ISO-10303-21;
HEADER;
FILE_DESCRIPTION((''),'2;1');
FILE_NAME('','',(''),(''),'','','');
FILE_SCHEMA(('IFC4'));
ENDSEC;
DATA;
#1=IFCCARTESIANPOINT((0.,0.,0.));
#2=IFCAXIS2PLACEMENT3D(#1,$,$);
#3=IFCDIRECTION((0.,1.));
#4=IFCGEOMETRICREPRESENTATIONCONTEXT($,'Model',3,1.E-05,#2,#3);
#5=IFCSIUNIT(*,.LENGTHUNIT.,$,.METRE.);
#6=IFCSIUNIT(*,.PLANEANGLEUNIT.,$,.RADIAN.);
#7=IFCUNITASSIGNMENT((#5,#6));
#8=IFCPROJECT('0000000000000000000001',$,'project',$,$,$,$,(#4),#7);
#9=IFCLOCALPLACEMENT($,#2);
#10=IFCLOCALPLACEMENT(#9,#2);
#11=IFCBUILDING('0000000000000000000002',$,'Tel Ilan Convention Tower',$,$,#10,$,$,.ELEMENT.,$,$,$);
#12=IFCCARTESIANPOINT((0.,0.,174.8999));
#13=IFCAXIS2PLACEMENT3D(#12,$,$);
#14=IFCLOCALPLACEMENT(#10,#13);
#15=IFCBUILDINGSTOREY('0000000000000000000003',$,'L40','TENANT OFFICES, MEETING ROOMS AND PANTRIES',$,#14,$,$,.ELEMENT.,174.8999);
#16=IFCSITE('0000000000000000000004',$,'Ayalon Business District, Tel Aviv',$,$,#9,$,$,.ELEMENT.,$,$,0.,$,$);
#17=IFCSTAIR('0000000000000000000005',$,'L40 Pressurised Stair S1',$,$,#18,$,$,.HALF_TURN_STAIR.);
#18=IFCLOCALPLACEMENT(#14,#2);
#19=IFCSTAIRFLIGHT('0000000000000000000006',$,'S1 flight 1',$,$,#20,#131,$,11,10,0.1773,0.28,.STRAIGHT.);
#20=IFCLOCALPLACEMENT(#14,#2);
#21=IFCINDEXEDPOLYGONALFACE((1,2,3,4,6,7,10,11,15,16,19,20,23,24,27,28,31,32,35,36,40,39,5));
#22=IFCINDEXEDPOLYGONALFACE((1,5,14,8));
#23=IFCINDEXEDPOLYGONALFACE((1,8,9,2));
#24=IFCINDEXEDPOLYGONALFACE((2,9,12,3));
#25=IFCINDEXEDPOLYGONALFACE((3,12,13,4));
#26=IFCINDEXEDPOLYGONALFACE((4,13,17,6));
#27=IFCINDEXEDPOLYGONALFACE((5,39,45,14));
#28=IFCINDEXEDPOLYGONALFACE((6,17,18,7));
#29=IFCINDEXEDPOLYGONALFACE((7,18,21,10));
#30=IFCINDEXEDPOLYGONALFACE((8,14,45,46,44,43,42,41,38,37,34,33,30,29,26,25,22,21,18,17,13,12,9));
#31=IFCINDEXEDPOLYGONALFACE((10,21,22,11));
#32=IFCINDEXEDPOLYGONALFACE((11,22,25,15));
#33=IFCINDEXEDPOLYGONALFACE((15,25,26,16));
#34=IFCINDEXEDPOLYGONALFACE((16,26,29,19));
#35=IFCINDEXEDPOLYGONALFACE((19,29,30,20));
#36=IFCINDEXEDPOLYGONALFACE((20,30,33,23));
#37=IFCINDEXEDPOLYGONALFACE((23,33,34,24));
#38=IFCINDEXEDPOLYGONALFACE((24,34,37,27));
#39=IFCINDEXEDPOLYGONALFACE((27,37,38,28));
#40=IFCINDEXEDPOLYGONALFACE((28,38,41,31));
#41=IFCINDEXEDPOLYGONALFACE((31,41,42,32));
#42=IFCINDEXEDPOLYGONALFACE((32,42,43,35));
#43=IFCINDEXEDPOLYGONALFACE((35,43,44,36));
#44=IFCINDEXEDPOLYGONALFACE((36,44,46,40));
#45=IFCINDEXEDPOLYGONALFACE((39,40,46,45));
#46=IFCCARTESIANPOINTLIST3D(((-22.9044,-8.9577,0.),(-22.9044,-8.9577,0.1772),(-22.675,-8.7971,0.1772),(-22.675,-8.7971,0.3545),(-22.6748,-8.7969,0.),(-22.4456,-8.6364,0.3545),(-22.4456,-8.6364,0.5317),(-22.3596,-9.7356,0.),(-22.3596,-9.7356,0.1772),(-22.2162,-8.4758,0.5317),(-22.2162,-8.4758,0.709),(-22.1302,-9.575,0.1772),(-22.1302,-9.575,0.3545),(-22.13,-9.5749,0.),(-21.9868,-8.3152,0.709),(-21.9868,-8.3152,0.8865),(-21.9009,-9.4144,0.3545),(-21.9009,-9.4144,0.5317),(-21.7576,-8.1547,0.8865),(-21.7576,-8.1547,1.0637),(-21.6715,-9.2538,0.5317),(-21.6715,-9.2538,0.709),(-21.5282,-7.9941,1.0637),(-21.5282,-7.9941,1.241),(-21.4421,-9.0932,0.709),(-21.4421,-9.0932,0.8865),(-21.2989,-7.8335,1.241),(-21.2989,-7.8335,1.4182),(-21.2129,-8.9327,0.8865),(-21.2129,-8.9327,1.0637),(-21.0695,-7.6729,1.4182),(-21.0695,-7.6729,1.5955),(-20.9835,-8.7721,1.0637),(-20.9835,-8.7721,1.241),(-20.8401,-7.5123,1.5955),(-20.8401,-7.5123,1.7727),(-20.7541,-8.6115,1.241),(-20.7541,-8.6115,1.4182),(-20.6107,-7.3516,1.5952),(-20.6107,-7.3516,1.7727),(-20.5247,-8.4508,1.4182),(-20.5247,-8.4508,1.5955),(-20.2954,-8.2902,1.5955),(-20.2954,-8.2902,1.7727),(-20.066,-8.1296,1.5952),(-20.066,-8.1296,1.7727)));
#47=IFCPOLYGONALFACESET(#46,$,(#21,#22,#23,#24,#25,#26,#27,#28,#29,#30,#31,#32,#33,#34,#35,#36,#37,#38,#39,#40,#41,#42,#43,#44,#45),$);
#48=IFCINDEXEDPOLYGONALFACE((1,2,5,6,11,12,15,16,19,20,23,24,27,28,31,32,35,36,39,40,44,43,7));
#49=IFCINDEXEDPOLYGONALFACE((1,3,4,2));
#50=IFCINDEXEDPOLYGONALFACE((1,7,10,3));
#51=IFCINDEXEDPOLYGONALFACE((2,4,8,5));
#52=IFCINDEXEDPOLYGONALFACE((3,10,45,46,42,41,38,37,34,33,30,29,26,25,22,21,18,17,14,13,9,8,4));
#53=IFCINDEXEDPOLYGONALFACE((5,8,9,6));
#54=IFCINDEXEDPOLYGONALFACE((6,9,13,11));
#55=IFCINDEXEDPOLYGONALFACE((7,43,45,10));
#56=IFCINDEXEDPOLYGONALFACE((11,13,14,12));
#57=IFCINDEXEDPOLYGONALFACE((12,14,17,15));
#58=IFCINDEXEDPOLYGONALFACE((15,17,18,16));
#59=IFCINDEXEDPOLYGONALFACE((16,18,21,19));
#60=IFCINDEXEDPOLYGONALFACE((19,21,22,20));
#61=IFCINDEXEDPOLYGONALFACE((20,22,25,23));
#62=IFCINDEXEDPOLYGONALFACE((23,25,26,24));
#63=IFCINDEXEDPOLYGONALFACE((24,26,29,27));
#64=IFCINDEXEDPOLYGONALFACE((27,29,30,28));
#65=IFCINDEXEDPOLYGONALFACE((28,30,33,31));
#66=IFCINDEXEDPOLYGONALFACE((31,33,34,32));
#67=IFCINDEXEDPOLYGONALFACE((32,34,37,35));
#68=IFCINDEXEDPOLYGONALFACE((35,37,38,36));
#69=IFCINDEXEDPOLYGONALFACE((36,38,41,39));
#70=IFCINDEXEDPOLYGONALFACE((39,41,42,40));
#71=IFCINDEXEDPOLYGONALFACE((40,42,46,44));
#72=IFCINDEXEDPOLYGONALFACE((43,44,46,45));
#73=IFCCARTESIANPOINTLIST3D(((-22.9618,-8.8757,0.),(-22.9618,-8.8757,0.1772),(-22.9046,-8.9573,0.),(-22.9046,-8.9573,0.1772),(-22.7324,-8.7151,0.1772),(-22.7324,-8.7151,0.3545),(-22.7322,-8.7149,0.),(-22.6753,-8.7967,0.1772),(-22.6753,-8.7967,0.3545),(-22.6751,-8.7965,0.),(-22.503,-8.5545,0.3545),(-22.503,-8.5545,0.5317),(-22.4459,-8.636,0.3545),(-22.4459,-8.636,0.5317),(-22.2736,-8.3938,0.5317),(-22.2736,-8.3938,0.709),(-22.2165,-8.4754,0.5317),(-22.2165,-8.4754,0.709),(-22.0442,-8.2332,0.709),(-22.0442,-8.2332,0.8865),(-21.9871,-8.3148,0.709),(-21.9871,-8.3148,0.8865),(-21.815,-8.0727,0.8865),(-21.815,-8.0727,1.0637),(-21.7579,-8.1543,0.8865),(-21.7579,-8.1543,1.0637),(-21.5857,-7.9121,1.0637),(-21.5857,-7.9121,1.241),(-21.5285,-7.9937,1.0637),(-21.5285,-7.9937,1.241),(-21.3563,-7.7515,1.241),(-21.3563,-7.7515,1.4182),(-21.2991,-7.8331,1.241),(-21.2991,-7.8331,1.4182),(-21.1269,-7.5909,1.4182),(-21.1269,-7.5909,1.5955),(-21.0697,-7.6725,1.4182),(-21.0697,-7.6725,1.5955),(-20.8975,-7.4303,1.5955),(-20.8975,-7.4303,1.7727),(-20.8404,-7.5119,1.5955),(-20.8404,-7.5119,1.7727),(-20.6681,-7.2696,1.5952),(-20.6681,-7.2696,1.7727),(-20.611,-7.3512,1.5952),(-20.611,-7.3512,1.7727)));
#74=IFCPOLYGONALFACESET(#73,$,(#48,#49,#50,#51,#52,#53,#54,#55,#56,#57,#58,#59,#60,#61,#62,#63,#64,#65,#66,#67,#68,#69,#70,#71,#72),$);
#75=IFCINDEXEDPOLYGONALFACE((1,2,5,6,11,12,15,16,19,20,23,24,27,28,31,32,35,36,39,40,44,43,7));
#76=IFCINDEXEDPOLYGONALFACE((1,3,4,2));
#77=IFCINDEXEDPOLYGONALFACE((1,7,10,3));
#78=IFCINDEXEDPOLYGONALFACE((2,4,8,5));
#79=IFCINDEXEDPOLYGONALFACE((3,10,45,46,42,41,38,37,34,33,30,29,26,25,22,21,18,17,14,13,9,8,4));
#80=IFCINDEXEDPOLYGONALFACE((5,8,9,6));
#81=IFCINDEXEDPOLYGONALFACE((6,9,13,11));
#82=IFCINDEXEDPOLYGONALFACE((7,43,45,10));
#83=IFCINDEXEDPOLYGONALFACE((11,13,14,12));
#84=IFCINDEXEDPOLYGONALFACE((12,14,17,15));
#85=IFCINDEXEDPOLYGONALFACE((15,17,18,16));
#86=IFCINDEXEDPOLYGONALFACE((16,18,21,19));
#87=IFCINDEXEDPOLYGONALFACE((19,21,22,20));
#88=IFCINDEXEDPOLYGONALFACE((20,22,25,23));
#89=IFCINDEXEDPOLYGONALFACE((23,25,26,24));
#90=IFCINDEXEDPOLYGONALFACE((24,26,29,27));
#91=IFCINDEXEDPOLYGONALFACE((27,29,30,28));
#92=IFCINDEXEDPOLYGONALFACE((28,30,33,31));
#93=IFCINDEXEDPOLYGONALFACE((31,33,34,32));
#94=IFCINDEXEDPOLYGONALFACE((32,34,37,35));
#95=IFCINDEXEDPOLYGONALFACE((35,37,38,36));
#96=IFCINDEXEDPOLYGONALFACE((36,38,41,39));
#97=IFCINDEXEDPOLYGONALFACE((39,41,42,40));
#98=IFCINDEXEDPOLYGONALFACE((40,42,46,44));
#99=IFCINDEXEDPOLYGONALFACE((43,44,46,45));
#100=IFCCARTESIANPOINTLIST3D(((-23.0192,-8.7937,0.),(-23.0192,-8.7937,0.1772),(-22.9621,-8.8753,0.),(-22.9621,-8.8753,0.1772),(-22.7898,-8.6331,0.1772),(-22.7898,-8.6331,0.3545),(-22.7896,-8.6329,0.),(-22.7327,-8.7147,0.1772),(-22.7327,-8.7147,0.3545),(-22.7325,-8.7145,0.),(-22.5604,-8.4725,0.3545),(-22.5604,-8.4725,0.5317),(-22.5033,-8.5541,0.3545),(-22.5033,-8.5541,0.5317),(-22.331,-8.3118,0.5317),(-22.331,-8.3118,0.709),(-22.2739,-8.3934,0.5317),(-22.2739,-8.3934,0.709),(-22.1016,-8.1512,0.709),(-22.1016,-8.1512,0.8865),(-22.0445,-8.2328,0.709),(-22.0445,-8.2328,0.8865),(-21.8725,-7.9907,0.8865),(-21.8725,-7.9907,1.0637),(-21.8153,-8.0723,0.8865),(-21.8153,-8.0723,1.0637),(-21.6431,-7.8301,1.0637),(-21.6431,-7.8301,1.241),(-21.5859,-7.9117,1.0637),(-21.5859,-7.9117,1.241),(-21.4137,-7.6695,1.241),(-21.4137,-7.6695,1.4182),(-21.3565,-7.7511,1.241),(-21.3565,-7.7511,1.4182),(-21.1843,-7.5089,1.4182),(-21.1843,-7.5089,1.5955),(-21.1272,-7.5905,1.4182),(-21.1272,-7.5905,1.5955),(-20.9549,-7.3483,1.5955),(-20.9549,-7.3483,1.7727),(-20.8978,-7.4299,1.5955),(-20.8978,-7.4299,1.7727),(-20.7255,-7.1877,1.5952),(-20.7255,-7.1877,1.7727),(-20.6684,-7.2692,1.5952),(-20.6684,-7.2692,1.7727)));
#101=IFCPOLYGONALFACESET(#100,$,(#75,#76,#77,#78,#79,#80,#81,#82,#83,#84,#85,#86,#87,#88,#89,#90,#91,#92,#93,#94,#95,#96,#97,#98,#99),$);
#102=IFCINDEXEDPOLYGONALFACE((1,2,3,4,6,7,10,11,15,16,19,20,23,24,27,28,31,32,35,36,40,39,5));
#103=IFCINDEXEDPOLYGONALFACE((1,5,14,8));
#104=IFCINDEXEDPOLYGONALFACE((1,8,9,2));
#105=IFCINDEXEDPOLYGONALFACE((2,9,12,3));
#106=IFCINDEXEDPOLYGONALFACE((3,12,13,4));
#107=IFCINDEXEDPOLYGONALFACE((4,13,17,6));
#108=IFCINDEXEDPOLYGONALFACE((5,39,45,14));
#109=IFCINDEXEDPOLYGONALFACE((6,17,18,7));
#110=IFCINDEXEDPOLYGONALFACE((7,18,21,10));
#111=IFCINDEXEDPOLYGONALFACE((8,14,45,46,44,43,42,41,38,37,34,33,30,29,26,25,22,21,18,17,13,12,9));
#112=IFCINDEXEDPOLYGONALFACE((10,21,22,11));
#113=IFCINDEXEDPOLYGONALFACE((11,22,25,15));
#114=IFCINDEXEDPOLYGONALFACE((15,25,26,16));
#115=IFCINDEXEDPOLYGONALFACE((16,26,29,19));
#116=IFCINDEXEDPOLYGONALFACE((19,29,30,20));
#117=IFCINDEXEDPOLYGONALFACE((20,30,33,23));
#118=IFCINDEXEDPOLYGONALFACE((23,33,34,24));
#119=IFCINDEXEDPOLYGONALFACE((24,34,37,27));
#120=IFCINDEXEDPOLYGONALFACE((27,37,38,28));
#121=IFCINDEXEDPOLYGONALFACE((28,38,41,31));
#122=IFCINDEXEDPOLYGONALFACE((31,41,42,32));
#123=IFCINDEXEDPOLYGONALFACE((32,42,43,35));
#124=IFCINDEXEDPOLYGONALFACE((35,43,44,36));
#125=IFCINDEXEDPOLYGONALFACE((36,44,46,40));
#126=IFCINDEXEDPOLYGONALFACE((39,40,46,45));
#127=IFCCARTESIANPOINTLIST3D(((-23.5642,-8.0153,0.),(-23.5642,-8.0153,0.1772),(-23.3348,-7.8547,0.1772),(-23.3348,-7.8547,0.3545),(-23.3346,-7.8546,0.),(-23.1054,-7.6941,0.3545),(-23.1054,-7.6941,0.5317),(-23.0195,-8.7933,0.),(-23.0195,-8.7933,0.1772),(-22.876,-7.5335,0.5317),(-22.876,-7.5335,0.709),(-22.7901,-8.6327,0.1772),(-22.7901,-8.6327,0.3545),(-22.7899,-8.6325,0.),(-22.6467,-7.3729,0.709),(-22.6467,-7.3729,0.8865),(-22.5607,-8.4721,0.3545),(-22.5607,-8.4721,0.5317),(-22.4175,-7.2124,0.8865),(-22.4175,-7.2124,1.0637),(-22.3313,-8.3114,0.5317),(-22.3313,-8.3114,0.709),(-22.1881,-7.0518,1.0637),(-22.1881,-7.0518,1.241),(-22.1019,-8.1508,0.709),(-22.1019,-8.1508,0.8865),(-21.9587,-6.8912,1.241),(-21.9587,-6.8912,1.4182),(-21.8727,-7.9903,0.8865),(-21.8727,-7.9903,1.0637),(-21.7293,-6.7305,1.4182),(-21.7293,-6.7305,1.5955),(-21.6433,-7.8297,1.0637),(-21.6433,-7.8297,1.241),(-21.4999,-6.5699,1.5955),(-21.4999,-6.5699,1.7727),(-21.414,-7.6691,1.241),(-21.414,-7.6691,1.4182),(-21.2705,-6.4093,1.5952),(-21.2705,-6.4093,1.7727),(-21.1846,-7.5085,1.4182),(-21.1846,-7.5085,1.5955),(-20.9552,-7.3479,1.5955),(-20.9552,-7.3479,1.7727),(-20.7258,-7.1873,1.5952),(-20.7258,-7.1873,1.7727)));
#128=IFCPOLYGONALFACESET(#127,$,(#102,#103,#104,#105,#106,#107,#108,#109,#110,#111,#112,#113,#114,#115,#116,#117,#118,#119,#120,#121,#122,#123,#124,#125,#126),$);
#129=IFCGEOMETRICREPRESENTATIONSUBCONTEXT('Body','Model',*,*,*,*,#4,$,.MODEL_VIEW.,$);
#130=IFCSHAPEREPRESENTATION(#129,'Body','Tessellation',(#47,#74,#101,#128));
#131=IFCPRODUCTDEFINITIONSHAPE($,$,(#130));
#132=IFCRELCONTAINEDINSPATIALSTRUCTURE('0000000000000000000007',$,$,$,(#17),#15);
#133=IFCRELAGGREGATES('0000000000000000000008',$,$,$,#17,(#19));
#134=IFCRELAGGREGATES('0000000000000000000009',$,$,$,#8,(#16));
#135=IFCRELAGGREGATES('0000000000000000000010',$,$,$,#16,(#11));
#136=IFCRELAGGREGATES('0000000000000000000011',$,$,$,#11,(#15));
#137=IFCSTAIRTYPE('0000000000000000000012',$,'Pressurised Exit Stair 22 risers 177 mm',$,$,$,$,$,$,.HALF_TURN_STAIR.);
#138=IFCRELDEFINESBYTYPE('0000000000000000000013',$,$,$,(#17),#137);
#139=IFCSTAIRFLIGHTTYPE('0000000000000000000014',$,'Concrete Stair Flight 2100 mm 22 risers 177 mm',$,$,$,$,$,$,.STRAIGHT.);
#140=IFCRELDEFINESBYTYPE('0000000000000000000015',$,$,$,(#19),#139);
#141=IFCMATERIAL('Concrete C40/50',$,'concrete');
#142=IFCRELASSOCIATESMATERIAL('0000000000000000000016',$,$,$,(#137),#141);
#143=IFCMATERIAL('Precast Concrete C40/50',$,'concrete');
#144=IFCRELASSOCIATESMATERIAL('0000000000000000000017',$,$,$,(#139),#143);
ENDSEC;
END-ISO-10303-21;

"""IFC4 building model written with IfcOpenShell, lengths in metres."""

from ifc_helpers import new_model, si_unit, direction, frame, origin, place, context, subcontext, project, spatial, polyline, outline, extrude, material, type_object, element, aggregate, save


model = new_model("IFC4")

# Units and contexts
model_context = context("Model", 3, precision=1e-05, world=origin(), true_north=direction((0.0, 1.0)))
body_context = subcontext(model_context, "Body", "Model", "MODEL_VIEW")
ifc_project = project(units=[si_unit("LENGTHUNIT", "METRE"), si_unit("PLANEANGLEUNIT", "RADIAN")], contexts=[model_context])

# Site, building, storey
site_placement = place(None, origin())
site = spatial("IfcSite", under=ifc_project, at=site_placement, Name="Ayalon Business District, Tel Aviv", CompositionType="ELEMENT", RefElevation=0.0)
building_placement = place(site_placement, origin())
building = spatial("IfcBuilding", under=site, at=building_placement, Name="Tel Ilan Convention Tower", CompositionType="ELEMENT")
storey_placement = place(building_placement, frame((0.0, 0.0, 174.8999)))
storey = spatial("IfcBuildingStorey", under=building, at=storey_placement, Name="L40", Description="TENANT OFFICES, MEETING ROOMS AND PANTRIES", CompositionType="ELEMENT", Elevation=174.8999)

# Stair, stair flight
ifc_material_1 = material(Name="Concrete C40/50", Category="concrete")
stair_type = type_object("IfcStairType", Name="Pressurised Exit Stair 22 risers 177 mm", PredefinedType="HALF_TURN_STAIR", material=ifc_material_1)
stair_1_placement = place(storey_placement, origin())
stair_1 = element("IfcStair", 1, at=stair_1_placement, inside=storey, type_object=stair_type, Name="L40 Pressurised Stair S1", PredefinedType="HALF_TURN_STAIR")
ifc_material_2 = material(Name="Precast Concrete C40/50", Category="concrete")
stair_flight_type = type_object("IfcStairFlightType", Name="Concrete Stair Flight 2100 mm 22 risers 177 mm", PredefinedType="STRAIGHT", material=ifc_material_2)
stair_flight_1_placement = place(storey_placement, frame((-22.9619, -8.8755, 0.0), z_axis=(0.0, 0.0, 1.0), x_axis=(0.819152, 0.573576, 0.0)))
stair_flight_1 = element("IfcStairFlight", 2, at=stair_flight_1_placement, type_object=stair_flight_type, Name="S1 flight 1", NumberOfRisers=11, NumberOfTreads=10, PredefinedType="STRAIGHT", RiserHeight=0.1773, TreadLength=0.28, context=body_context, shape_type="SweptSolid", body=[
    extrude(outline(polyline([(0.0, 0.0), (0.0, 0.1772), (0.28, 0.1772), (0.28, 0.3545), (0.5601, 0.3545), (0.5601, 0.5317), (0.8401, 0.5317), (0.8401, 0.709), (1.1201, 0.709), (1.1201, 0.8865), (1.3999, 0.8865), (1.3999, 1.0637), (1.6799, 1.0637), (1.6799, 1.241), (1.96, 1.241), (1.96, 1.4182), (2.24, 1.4182), (2.24, 1.5955), (2.52, 1.5955), (2.52, 1.7727), (2.8, 1.7727), (2.8, 1.95), (2.8, 1.5952), (0.2803, 0.0), (0.0, 0.0)])), frame((0.0, -0.1003, 0.0), z_axis=(0.0, -1.0, 0.0), x_axis=(1.0, 0.0, 0.0)), (0.0, 0.0, 1.0), 0.9497),
    extrude(outline(polyline([(0.0, 0.0), (0.0, 0.1772), (0.28, 0.1772), (0.28, 0.3545), (0.5601, 0.3545), (0.5601, 0.5317), (0.8401, 0.5317), (0.8401, 0.709), (1.1201, 0.709), (1.1201, 0.8865), (1.3999, 0.8865), (1.3999, 1.0637), (1.6799, 1.0637), (1.6799, 1.241), (1.96, 1.241), (1.96, 1.4182), (2.24, 1.4182), (2.24, 1.5955), (2.52, 1.5955), (2.52, 1.7727), (2.8, 1.7727), (2.8, 1.95), (2.8, 1.5952), (0.2803, 0.0), (0.0, 0.0)])), frame((0.0, -0.0002, 0.0), z_axis=(0.0, -1.0, 0.0), x_axis=(1.0, 0.0, 0.0)), (0.0, 0.0, 1.0), 0.0996),
    extrude(outline(polyline([(0.0, 0.0), (0.0, 0.1772), (0.28, 0.1772), (0.28, 0.3545), (0.5601, 0.3545), (0.5601, 0.5317), (0.8401, 0.5317), (0.8401, 0.709), (1.1201, 0.709), (1.1201, 0.8865), (1.3999, 0.8865), (1.3999, 1.0637), (1.6799, 1.0637), (1.6799, 1.241), (1.96, 1.241), (1.96, 1.4182), (2.24, 1.4182), (2.24, 1.5955), (2.52, 1.5955), (2.52, 1.7727), (2.8, 1.7727), (2.8, 1.95), (2.8, 1.5952), (0.2803, 0.0), (0.0, 0.0)])), frame((0.0, 0.0999, 0.0), z_axis=(0.0, -1.0, 0.0), x_axis=(1.0, 0.0, 0.0)), (0.0, 0.0, 1.0), 0.0996),
    extrude(outline(polyline([(0.0, 0.0), (0.0, 0.1772), (0.28, 0.1772), (0.28, 0.3545), (0.5601, 0.3545), (0.5601, 0.5317), (0.8401, 0.5317), (0.8401, 0.709), (1.1201, 0.709), (1.1201, 0.8865), (1.3999, 0.8865), (1.3999, 1.0637), (1.6799, 1.0637), (1.6799, 1.241), (1.96, 1.241), (1.96, 1.4182), (2.24, 1.4182), (2.24, 1.5955), (2.52, 1.5955), (2.52, 1.7727), (2.8, 1.7727), (2.8, 1.95), (2.8, 1.5952), (0.2803, 0.0), (0.0, 0.0)])), frame((0.0, 1.05, 0.0), z_axis=(0.0, -1.0, 0.0), x_axis=(1.0, 0.0, 0.0)), (0.0, 0.0, 1.0), 0.9497),
])
aggregate(stair_1, [stair_flight_1])

save(model, "model.ifc")
